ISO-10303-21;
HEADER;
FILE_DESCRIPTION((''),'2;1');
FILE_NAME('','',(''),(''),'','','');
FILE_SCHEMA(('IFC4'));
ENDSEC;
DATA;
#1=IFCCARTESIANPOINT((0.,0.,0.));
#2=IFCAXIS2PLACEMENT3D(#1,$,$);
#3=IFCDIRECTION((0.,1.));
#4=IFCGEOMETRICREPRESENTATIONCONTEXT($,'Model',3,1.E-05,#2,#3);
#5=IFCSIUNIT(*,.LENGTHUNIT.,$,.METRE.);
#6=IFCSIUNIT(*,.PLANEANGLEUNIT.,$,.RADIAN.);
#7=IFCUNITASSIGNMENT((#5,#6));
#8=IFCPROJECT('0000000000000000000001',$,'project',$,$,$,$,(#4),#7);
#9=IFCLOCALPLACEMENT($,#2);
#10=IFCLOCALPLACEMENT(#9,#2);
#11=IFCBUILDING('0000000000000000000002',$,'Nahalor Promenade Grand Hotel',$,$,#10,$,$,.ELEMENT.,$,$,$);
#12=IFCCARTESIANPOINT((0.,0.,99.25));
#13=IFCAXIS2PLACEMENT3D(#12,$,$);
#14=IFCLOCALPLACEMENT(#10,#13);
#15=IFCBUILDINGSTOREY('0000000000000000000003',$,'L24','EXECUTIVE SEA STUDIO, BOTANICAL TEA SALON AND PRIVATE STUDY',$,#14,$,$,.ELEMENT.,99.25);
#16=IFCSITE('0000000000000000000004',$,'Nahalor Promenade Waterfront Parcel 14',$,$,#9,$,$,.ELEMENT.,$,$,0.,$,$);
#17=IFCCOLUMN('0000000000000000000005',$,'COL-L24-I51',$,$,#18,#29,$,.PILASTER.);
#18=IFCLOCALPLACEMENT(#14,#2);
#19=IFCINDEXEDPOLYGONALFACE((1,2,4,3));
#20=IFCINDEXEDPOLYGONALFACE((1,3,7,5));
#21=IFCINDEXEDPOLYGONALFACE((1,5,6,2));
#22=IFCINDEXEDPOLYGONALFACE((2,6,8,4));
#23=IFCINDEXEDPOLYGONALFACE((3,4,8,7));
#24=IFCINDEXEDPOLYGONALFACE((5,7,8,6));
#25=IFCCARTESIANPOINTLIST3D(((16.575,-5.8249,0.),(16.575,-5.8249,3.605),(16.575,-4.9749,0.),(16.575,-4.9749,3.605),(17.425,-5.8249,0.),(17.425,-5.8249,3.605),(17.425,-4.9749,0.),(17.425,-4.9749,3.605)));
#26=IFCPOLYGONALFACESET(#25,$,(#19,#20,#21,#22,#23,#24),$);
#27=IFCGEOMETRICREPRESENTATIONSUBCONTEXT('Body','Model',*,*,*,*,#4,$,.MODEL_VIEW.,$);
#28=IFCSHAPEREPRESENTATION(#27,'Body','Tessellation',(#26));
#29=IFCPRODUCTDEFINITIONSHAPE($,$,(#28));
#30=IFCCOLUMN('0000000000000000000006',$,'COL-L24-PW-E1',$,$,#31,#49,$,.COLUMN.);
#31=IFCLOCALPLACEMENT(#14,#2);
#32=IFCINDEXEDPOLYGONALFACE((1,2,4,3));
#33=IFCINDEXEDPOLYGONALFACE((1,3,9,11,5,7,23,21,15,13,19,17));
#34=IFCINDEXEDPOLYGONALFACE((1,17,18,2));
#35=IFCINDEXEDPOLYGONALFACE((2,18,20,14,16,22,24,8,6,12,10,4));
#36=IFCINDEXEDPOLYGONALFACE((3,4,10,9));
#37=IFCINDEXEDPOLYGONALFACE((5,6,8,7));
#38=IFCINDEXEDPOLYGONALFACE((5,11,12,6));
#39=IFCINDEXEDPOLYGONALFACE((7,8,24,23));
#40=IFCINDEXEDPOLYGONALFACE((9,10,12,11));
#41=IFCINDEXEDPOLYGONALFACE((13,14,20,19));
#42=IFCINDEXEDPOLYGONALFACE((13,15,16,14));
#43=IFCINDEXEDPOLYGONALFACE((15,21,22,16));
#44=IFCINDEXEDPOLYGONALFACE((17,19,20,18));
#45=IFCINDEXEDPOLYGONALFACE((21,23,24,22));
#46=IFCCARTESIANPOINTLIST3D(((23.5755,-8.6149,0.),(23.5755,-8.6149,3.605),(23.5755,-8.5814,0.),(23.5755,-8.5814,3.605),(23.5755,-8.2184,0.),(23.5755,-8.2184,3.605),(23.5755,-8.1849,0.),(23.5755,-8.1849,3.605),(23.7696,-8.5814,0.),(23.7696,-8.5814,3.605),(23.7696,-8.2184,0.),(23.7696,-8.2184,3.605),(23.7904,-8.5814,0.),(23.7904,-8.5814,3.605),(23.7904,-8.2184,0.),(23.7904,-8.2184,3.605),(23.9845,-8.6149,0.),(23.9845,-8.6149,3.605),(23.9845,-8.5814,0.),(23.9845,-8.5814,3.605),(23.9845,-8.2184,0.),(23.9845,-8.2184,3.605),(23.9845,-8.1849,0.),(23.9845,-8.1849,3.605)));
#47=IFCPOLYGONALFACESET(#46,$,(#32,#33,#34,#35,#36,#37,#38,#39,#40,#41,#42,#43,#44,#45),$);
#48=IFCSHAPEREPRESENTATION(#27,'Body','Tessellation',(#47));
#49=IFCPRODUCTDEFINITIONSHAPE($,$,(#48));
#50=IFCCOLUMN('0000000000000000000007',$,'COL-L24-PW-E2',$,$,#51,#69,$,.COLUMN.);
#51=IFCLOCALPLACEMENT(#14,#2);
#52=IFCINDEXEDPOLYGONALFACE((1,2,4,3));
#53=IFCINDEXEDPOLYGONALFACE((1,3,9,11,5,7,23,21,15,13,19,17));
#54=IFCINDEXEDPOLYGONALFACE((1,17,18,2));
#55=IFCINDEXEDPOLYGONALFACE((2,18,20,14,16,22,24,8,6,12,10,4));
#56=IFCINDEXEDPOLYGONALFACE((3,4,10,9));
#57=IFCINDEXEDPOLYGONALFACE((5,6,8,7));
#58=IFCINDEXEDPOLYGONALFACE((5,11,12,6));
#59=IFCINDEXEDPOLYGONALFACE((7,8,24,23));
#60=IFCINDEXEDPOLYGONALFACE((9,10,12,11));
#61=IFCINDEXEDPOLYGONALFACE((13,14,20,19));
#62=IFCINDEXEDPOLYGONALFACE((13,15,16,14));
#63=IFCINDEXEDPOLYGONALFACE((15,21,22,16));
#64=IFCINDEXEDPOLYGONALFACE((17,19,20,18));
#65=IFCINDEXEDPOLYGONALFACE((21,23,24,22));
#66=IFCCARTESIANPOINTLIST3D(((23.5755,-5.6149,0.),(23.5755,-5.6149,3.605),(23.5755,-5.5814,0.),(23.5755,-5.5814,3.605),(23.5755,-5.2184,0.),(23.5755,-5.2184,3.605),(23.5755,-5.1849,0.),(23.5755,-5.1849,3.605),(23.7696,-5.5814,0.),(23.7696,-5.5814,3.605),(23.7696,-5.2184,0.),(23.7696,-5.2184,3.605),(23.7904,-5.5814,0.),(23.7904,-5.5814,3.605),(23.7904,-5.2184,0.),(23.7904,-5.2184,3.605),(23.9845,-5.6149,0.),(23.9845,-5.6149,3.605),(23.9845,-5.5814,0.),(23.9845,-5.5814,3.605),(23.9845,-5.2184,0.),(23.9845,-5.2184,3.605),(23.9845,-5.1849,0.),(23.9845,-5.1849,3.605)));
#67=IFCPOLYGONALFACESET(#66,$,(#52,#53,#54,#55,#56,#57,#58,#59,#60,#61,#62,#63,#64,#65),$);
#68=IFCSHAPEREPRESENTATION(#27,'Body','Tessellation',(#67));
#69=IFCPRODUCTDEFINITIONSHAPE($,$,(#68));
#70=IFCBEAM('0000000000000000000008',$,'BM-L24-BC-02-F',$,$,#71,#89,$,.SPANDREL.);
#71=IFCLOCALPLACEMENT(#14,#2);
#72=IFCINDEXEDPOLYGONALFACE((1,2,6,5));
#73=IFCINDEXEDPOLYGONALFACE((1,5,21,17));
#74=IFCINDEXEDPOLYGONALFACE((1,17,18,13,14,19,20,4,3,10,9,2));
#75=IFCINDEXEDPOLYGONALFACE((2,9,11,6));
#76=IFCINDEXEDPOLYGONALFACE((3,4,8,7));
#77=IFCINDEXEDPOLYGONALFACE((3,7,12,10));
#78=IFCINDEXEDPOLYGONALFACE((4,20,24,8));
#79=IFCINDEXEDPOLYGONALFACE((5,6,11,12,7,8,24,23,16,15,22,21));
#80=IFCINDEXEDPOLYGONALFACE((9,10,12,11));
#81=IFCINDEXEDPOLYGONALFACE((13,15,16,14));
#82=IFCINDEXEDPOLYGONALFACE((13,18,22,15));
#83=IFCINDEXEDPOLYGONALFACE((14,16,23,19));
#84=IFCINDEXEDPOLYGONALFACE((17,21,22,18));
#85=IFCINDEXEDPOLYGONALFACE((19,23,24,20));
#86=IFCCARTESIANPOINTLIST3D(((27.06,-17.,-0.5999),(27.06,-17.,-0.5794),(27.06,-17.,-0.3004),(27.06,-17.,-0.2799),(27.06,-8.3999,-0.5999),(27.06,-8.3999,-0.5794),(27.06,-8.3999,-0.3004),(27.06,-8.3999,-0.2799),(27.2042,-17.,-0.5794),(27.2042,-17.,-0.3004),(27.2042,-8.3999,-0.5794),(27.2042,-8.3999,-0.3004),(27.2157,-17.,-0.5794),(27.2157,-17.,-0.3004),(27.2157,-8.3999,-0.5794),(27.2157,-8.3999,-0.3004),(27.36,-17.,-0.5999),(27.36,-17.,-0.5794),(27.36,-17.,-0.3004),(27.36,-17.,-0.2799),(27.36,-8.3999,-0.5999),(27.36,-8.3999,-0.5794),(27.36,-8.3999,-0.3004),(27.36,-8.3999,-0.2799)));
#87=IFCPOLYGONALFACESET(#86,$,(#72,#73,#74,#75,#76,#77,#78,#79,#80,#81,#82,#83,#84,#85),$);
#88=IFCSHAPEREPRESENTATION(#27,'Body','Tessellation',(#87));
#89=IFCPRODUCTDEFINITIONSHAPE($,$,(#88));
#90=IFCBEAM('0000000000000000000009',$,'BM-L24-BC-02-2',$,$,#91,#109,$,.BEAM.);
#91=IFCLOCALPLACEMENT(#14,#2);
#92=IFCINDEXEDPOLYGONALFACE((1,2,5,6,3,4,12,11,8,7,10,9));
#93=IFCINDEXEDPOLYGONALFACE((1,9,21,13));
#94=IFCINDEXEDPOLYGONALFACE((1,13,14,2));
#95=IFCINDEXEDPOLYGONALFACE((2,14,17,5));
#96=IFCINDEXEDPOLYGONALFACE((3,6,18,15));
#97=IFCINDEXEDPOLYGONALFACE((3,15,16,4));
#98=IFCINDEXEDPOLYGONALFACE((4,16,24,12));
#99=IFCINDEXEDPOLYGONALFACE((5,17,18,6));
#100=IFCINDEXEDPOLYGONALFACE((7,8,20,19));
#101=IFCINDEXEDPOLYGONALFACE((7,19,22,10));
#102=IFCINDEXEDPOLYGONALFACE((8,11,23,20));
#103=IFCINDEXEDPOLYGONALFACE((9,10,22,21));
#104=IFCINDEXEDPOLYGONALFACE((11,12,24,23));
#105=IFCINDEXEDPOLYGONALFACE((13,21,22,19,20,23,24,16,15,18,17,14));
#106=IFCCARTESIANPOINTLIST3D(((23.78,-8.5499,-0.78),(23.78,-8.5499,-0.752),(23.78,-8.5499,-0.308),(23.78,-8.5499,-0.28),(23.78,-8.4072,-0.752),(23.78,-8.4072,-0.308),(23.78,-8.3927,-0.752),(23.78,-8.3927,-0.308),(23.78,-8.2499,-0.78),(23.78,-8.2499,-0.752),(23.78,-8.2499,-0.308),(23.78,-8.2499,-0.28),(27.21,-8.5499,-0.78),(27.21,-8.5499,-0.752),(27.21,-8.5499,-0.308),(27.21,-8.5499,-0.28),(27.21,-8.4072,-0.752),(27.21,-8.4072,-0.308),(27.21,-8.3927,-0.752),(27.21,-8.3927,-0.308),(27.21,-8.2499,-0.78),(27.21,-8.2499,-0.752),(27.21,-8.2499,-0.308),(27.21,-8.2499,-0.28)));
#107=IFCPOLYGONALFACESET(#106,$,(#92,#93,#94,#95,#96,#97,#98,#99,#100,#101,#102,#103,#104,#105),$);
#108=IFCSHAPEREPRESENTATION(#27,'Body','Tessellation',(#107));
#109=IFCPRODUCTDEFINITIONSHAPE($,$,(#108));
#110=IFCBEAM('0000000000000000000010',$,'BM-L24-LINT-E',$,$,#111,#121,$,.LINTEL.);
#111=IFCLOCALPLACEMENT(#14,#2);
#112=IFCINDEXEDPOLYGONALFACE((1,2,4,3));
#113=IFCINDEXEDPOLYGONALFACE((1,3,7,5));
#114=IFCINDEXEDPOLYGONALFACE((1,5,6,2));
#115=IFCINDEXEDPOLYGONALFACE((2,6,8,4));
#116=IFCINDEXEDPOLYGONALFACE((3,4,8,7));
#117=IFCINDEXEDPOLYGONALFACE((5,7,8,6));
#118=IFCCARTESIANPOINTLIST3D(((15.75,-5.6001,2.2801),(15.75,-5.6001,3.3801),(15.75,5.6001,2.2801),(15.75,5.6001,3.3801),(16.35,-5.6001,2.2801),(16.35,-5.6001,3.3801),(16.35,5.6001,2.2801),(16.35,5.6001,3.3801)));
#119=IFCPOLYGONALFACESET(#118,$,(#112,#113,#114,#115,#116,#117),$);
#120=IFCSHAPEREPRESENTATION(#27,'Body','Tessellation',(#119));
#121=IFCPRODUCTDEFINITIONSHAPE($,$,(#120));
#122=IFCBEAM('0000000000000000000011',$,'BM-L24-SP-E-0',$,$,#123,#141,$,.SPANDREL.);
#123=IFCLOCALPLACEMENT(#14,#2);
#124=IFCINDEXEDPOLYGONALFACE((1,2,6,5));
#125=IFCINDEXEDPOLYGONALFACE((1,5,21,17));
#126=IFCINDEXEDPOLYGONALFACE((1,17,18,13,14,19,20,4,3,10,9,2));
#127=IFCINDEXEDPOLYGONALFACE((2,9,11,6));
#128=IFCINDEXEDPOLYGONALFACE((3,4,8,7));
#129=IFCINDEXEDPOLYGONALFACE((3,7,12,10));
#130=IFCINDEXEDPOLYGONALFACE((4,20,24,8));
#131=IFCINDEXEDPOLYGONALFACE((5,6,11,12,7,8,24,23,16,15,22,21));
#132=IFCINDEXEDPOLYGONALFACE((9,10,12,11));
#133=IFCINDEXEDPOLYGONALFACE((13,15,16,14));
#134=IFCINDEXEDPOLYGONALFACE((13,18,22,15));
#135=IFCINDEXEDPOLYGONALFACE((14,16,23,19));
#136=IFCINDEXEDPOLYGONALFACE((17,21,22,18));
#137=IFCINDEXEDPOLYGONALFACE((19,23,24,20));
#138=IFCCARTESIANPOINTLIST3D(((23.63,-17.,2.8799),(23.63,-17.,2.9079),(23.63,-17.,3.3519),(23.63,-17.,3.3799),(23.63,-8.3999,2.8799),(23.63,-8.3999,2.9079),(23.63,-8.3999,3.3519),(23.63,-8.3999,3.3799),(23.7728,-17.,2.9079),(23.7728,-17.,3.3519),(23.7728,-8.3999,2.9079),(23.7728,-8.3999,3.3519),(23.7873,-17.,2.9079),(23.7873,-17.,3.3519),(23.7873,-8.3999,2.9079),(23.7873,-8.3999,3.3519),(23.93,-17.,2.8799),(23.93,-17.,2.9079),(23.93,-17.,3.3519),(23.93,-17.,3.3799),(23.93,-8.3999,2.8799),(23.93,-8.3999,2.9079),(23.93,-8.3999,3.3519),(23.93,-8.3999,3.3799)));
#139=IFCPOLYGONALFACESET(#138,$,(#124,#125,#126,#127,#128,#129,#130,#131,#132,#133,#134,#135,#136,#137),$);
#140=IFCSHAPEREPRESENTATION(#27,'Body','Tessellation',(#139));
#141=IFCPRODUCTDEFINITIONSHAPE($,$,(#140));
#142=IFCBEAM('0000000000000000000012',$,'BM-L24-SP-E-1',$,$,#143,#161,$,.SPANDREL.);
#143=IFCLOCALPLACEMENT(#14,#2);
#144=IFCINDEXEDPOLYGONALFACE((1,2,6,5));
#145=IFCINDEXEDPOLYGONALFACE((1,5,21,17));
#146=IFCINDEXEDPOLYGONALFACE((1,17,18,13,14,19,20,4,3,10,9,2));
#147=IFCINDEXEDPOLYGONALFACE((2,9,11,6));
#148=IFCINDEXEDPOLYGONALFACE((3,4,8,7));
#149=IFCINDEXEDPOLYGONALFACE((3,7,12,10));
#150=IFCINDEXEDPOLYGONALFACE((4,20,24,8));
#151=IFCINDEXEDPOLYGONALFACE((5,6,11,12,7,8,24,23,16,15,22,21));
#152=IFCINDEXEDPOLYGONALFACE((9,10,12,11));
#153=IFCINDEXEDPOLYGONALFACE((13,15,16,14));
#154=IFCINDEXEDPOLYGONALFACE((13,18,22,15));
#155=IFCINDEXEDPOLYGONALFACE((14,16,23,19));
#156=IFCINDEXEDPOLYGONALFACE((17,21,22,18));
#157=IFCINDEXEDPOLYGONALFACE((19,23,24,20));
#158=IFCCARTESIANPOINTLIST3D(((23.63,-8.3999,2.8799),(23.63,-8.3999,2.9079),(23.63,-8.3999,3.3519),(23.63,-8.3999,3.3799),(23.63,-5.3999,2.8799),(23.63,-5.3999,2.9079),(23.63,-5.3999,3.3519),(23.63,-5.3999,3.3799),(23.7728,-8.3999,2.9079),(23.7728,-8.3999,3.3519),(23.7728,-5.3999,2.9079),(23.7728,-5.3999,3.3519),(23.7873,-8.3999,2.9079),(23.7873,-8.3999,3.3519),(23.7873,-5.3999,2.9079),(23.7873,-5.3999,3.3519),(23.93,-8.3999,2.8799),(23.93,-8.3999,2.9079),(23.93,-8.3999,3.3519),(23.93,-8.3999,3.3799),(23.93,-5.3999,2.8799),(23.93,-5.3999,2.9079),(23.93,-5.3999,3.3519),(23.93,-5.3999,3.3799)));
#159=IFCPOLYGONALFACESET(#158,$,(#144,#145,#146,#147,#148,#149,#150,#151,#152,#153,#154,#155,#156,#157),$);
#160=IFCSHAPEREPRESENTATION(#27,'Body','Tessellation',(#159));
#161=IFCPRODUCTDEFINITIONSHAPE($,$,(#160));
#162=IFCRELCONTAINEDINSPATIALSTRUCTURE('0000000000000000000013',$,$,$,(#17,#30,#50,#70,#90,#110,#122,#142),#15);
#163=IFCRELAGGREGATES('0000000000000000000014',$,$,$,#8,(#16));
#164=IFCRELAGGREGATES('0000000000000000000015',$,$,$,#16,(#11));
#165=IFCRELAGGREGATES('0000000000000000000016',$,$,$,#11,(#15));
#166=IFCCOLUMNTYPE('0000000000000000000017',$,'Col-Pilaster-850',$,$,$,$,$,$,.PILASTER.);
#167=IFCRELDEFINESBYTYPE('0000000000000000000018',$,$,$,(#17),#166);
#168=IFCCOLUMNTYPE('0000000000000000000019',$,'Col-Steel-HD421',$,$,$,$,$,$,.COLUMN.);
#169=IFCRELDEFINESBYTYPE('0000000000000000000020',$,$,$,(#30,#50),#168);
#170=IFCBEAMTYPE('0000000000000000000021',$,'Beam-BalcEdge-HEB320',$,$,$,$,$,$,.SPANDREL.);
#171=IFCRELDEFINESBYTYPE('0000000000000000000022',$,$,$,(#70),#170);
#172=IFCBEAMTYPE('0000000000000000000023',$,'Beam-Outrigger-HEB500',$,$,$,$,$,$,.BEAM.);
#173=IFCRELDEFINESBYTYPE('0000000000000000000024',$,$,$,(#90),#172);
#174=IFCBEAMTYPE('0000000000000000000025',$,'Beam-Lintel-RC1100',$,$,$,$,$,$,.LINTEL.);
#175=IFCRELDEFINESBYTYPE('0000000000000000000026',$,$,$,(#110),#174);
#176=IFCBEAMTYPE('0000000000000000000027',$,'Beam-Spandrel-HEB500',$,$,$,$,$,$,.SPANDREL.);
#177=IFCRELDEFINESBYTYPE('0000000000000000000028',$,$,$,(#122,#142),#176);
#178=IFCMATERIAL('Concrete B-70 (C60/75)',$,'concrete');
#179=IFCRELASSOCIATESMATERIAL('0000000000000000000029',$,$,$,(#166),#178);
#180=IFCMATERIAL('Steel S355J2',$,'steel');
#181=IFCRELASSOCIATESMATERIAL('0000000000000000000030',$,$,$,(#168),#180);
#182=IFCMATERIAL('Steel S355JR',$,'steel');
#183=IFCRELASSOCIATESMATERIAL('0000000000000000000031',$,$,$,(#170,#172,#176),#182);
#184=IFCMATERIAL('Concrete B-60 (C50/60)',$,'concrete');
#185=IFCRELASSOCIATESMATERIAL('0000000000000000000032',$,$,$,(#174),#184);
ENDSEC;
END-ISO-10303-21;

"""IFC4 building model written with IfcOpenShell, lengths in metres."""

from ifc_helpers import new_model, si_unit, direction, frame, origin, origin_2d, place, context, subcontext, project, spatial, rectangle, i_section, extrude, source, transform, mapped, material, material_profile, profile_set, type_object, element, save


model = new_model("IFC4")

# Units and contexts
model_context = context("Model", 3, precision=1e-05, world=origin(), true_north=direction((0.0, 1.0)))
body_context = subcontext(model_context, "Body", "Model", "MODEL_VIEW")
ifc_project = project(units=[si_unit("LENGTHUNIT", "METRE"), si_unit("PLANEANGLEUNIT", "RADIAN")], contexts=[model_context])

# Site, building, storey
site_placement = place(None, origin())
site = spatial("IfcSite", under=ifc_project, at=site_placement, Name="Nahalor Promenade Waterfront Parcel 14", CompositionType="ELEMENT", RefElevation=0.0)
building_placement = place(site_placement, origin())
building = spatial("IfcBuilding", under=site, at=building_placement, Name="Nahalor Promenade Grand Hotel", CompositionType="ELEMENT")
storey_placement = place(building_placement, frame((0.0, 0.0, 99.25)))
storey = spatial("IfcBuildingStorey", under=building, at=storey_placement, Name="L24", Description="EXECUTIVE SEA STUDIO, BOTANICAL TEA SALON AND PRIVATE STUDY", CompositionType="ELEMENT", Elevation=99.25)

# Columns
ifc_material_1 = material(Name="Concrete B-70 (C60/75)", Category="concrete")
ifc_material_profile_1 = material_profile(ifc_material_1, rectangle(XDim=0.85, YDim=0.85, at=origin_2d()), Name="RC 850x850")
ifc_profile_set_1 = profile_set([ifc_material_profile_1], Name="Concrete B-70 (C60/75)")
column_type_1 = type_object("IfcColumnType", Name="Col-Pilaster-850", PredefinedType="PILASTER", material=ifc_profile_set_1)
shared_shape_1 = source(origin(), body_context, "Body", "SweptSolid", [
    extrude(rectangle(XDim=0.85, YDim=0.85, at=origin_2d()), origin(), (0.0, 0.0, 1.0), 3.605),
])
column_placement = place(storey_placement, frame((17.0, -5.3999, 0.0), z_axis=(0.0, 0.0, 1.0), x_axis=(1.0, 0.0, 0.0)))
element("IfcColumn", 1, at=column_placement, inside=storey, type_object=column_type_1, Name="COL-L24-I51", PredefinedType="PILASTER", context=body_context, shape_type="MappedRepresentation", body=[
    mapped(shared_shape_1, transform((0.0, 0.0, 0.0), scale=1.0)),
])
ifc_material_2 = material(Name="Steel S355J2", Category="steel")
ifc_material_profile_2 = material_profile(ifc_material_2, i_section(OverallWidth=0.409, OverallDepth=0.43, WebThickness=0.0208, FlangeThickness=0.0335, at=origin_2d()), Name="HD 400x421")
ifc_profile_set_2 = profile_set([ifc_material_profile_2], Name="Steel S355J2")
column_type_2 = type_object("IfcColumnType", Name="Col-Steel-HD421", PredefinedType="COLUMN", material=ifc_profile_set_2)
shared_shape_2 = source(origin(), body_context, "Body", "SweptSolid", [
    extrude(i_section(OverallWidth=0.409, OverallDepth=0.43, WebThickness=0.0208, FlangeThickness=0.0335, at=origin_2d()), origin(), (0.0, 0.0, 1.0), 3.605),
])
for number, where, z_axis, x_axis, name in (
    (2, (23.78, -8.3999, 0.0), (0.0, 0.0, 1.0), (1.0, 0.0, 0.0), "COL-L24-PW-E1"),
    (3, (23.78, -5.3999, 0.0), (0.0, 0.0, 1.0), (1.0, 0.0, 0.0), "COL-L24-PW-E2"),
):
    element("IfcColumn", number, at=place(storey_placement, frame(where, z_axis=z_axis, x_axis=x_axis)), inside=storey, type_object=column_type_2, Name=name, PredefinedType="COLUMN", context=body_context, shape_type="MappedRepresentation", body=[
        mapped(shared_shape_2, transform((0.0, 0.0, 0.0), scale=1.0)),
    ])

# Beams
ifc_material_3 = material(Name="Steel S355JR", Category="steel")
ifc_material_profile_3 = material_profile(ifc_material_3, i_section(OverallWidth=0.3, OverallDepth=0.32, WebThickness=0.0115, FlangeThickness=0.0205, at=origin_2d()), Name="HEB 320")
ifc_profile_set_3 = profile_set([ifc_material_profile_3], Name="Steel S355JR")
beam_type_1 = type_object("IfcBeamType", Name="Beam-BalcEdge-HEB320", PredefinedType="SPANDREL", material=ifc_profile_set_3)
shared_shape_3 = source(origin(), body_context, "Body", "SweptSolid", [
    extrude(i_section(OverallWidth=0.3, OverallDepth=0.32, WebThickness=0.0115, FlangeThickness=0.0205, at=origin_2d()), origin(), (0.0, 0.0, 1.0), 8.6001),
])
beam_1_placement = place(storey_placement, frame((27.21, -17.0, -0.4399), z_axis=(0.0, 1.0, 0.0), x_axis=(-1.0, 0.0, 0.0)))
element("IfcBeam", 4, at=beam_1_placement, inside=storey, type_object=beam_type_1, Name="BM-L24-BC-02-F", PredefinedType="SPANDREL", context=body_context, shape_type="MappedRepresentation", body=[
    mapped(shared_shape_3, transform((0.0, 0.0, 0.0), scale=1.0)),
])
ifc_material_profile_4 = material_profile(ifc_material_3, i_section(OverallWidth=0.3, OverallDepth=0.5, WebThickness=0.0145, FlangeThickness=0.028, at=origin_2d()), Name="HEB 500")
ifc_profile_set_4 = profile_set([ifc_material_profile_4], Name="Steel S355JR")
beam_type_2 = type_object("IfcBeamType", Name="Beam-Outrigger-HEB500", PredefinedType="BEAM", material=ifc_profile_set_4)
shared_shape_4 = source(origin(), body_context, "Body", "SweptSolid", [
    extrude(i_section(OverallWidth=0.3, OverallDepth=0.5, WebThickness=0.0145, FlangeThickness=0.028, at=origin_2d()), origin(), (0.0, 0.0, 1.0), 3.4299),
])
beam_2_placement = place(storey_placement, frame((23.78, -8.3999, -0.53), z_axis=(1.0, 0.0, 0.0), x_axis=(0.0, 1.0, 0.0)))
element("IfcBeam", 5, at=beam_2_placement, inside=storey, type_object=beam_type_2, Name="BM-L24-BC-02-2", PredefinedType="BEAM", context=body_context, shape_type="MappedRepresentation", body=[
    mapped(shared_shape_4, transform((0.0, 0.0, 0.0), scale=1.0)),
])
ifc_material_4 = material(Name="Concrete B-60 (C50/60)", Category="concrete")
ifc_material_profile_5 = material_profile(ifc_material_4, rectangle(XDim=0.6, YDim=1.1, at=origin_2d()), Name="RC 600x1100")
ifc_profile_set_5 = profile_set([ifc_material_profile_5], Name="Concrete B-60 (C50/60)")
beam_type_3 = type_object("IfcBeamType", Name="Beam-Lintel-RC1100", PredefinedType="LINTEL", material=ifc_profile_set_5)
shared_shape_5 = source(origin(), body_context, "Body", "SweptSolid", [
    extrude(rectangle(XDim=0.6, YDim=1.1, at=origin_2d()), origin(), (0.0, 0.0, 1.0), 11.2002),
])
beam_3_placement = place(storey_placement, frame((16.05, -5.6001, 2.8301), z_axis=(0.0, 1.0, 0.0), x_axis=(-1.0, 0.0, 0.0)))
element("IfcBeam", 6, at=beam_3_placement, inside=storey, type_object=beam_type_3, Name="BM-L24-LINT-E", PredefinedType="LINTEL", context=body_context, shape_type="MappedRepresentation", body=[
    mapped(shared_shape_5, transform((0.0, 0.0, 0.0), scale=1.0)),
])
ifc_material_profile_6 = material_profile(ifc_material_3, i_section(OverallWidth=0.3, OverallDepth=0.5, WebThickness=0.0145, FlangeThickness=0.028, at=origin_2d()), Name="HEB 500")
ifc_profile_set_6 = profile_set([ifc_material_profile_6], Name="Steel S355JR")
beam_type_4 = type_object("IfcBeamType", Name="Beam-Spandrel-HEB500", PredefinedType="SPANDREL", material=ifc_profile_set_6)
shared_shape_6 = source(origin(), body_context, "Body", "SweptSolid", [
    extrude(i_section(OverallWidth=0.3, OverallDepth=0.5, WebThickness=0.0145, FlangeThickness=0.028, at=origin_2d()), origin(), (0.0, 0.0, 1.0), 8.6001),
])
beam_4_placement = place(storey_placement, frame((23.78, -17.0, 3.1299), z_axis=(0.0, 1.0, 0.0), x_axis=(-1.0, 0.0, 0.0)))
element("IfcBeam", 7, at=beam_4_placement, inside=storey, type_object=beam_type_4, Name="BM-L24-SP-E-0", PredefinedType="SPANDREL", context=body_context, shape_type="MappedRepresentation", body=[
    mapped(shared_shape_6, transform((0.0, 0.0, 0.0), scale=1.0)),
])
shared_shape_7 = source(origin(), body_context, "Body", "SweptSolid", [
    extrude(i_section(OverallWidth=0.3, OverallDepth=0.5, WebThickness=0.0145, FlangeThickness=0.028, at=origin_2d()), origin(), (0.0, 0.0, 1.0), 3.0),
])
beam_5_placement = place(storey_placement, frame((23.78, -8.3999, 3.1299), z_axis=(0.0, 1.0, 0.0), x_axis=(-1.0, 0.0, 0.0)))
element("IfcBeam", 8, at=beam_5_placement, inside=storey, type_object=beam_type_4, Name="BM-L24-SP-E-1", PredefinedType="SPANDREL", context=body_context, shape_type="MappedRepresentation", body=[
    mapped(shared_shape_7, transform((0.0, 0.0, 0.0), scale=1.0)),
])

save(model, "model.ifc")
